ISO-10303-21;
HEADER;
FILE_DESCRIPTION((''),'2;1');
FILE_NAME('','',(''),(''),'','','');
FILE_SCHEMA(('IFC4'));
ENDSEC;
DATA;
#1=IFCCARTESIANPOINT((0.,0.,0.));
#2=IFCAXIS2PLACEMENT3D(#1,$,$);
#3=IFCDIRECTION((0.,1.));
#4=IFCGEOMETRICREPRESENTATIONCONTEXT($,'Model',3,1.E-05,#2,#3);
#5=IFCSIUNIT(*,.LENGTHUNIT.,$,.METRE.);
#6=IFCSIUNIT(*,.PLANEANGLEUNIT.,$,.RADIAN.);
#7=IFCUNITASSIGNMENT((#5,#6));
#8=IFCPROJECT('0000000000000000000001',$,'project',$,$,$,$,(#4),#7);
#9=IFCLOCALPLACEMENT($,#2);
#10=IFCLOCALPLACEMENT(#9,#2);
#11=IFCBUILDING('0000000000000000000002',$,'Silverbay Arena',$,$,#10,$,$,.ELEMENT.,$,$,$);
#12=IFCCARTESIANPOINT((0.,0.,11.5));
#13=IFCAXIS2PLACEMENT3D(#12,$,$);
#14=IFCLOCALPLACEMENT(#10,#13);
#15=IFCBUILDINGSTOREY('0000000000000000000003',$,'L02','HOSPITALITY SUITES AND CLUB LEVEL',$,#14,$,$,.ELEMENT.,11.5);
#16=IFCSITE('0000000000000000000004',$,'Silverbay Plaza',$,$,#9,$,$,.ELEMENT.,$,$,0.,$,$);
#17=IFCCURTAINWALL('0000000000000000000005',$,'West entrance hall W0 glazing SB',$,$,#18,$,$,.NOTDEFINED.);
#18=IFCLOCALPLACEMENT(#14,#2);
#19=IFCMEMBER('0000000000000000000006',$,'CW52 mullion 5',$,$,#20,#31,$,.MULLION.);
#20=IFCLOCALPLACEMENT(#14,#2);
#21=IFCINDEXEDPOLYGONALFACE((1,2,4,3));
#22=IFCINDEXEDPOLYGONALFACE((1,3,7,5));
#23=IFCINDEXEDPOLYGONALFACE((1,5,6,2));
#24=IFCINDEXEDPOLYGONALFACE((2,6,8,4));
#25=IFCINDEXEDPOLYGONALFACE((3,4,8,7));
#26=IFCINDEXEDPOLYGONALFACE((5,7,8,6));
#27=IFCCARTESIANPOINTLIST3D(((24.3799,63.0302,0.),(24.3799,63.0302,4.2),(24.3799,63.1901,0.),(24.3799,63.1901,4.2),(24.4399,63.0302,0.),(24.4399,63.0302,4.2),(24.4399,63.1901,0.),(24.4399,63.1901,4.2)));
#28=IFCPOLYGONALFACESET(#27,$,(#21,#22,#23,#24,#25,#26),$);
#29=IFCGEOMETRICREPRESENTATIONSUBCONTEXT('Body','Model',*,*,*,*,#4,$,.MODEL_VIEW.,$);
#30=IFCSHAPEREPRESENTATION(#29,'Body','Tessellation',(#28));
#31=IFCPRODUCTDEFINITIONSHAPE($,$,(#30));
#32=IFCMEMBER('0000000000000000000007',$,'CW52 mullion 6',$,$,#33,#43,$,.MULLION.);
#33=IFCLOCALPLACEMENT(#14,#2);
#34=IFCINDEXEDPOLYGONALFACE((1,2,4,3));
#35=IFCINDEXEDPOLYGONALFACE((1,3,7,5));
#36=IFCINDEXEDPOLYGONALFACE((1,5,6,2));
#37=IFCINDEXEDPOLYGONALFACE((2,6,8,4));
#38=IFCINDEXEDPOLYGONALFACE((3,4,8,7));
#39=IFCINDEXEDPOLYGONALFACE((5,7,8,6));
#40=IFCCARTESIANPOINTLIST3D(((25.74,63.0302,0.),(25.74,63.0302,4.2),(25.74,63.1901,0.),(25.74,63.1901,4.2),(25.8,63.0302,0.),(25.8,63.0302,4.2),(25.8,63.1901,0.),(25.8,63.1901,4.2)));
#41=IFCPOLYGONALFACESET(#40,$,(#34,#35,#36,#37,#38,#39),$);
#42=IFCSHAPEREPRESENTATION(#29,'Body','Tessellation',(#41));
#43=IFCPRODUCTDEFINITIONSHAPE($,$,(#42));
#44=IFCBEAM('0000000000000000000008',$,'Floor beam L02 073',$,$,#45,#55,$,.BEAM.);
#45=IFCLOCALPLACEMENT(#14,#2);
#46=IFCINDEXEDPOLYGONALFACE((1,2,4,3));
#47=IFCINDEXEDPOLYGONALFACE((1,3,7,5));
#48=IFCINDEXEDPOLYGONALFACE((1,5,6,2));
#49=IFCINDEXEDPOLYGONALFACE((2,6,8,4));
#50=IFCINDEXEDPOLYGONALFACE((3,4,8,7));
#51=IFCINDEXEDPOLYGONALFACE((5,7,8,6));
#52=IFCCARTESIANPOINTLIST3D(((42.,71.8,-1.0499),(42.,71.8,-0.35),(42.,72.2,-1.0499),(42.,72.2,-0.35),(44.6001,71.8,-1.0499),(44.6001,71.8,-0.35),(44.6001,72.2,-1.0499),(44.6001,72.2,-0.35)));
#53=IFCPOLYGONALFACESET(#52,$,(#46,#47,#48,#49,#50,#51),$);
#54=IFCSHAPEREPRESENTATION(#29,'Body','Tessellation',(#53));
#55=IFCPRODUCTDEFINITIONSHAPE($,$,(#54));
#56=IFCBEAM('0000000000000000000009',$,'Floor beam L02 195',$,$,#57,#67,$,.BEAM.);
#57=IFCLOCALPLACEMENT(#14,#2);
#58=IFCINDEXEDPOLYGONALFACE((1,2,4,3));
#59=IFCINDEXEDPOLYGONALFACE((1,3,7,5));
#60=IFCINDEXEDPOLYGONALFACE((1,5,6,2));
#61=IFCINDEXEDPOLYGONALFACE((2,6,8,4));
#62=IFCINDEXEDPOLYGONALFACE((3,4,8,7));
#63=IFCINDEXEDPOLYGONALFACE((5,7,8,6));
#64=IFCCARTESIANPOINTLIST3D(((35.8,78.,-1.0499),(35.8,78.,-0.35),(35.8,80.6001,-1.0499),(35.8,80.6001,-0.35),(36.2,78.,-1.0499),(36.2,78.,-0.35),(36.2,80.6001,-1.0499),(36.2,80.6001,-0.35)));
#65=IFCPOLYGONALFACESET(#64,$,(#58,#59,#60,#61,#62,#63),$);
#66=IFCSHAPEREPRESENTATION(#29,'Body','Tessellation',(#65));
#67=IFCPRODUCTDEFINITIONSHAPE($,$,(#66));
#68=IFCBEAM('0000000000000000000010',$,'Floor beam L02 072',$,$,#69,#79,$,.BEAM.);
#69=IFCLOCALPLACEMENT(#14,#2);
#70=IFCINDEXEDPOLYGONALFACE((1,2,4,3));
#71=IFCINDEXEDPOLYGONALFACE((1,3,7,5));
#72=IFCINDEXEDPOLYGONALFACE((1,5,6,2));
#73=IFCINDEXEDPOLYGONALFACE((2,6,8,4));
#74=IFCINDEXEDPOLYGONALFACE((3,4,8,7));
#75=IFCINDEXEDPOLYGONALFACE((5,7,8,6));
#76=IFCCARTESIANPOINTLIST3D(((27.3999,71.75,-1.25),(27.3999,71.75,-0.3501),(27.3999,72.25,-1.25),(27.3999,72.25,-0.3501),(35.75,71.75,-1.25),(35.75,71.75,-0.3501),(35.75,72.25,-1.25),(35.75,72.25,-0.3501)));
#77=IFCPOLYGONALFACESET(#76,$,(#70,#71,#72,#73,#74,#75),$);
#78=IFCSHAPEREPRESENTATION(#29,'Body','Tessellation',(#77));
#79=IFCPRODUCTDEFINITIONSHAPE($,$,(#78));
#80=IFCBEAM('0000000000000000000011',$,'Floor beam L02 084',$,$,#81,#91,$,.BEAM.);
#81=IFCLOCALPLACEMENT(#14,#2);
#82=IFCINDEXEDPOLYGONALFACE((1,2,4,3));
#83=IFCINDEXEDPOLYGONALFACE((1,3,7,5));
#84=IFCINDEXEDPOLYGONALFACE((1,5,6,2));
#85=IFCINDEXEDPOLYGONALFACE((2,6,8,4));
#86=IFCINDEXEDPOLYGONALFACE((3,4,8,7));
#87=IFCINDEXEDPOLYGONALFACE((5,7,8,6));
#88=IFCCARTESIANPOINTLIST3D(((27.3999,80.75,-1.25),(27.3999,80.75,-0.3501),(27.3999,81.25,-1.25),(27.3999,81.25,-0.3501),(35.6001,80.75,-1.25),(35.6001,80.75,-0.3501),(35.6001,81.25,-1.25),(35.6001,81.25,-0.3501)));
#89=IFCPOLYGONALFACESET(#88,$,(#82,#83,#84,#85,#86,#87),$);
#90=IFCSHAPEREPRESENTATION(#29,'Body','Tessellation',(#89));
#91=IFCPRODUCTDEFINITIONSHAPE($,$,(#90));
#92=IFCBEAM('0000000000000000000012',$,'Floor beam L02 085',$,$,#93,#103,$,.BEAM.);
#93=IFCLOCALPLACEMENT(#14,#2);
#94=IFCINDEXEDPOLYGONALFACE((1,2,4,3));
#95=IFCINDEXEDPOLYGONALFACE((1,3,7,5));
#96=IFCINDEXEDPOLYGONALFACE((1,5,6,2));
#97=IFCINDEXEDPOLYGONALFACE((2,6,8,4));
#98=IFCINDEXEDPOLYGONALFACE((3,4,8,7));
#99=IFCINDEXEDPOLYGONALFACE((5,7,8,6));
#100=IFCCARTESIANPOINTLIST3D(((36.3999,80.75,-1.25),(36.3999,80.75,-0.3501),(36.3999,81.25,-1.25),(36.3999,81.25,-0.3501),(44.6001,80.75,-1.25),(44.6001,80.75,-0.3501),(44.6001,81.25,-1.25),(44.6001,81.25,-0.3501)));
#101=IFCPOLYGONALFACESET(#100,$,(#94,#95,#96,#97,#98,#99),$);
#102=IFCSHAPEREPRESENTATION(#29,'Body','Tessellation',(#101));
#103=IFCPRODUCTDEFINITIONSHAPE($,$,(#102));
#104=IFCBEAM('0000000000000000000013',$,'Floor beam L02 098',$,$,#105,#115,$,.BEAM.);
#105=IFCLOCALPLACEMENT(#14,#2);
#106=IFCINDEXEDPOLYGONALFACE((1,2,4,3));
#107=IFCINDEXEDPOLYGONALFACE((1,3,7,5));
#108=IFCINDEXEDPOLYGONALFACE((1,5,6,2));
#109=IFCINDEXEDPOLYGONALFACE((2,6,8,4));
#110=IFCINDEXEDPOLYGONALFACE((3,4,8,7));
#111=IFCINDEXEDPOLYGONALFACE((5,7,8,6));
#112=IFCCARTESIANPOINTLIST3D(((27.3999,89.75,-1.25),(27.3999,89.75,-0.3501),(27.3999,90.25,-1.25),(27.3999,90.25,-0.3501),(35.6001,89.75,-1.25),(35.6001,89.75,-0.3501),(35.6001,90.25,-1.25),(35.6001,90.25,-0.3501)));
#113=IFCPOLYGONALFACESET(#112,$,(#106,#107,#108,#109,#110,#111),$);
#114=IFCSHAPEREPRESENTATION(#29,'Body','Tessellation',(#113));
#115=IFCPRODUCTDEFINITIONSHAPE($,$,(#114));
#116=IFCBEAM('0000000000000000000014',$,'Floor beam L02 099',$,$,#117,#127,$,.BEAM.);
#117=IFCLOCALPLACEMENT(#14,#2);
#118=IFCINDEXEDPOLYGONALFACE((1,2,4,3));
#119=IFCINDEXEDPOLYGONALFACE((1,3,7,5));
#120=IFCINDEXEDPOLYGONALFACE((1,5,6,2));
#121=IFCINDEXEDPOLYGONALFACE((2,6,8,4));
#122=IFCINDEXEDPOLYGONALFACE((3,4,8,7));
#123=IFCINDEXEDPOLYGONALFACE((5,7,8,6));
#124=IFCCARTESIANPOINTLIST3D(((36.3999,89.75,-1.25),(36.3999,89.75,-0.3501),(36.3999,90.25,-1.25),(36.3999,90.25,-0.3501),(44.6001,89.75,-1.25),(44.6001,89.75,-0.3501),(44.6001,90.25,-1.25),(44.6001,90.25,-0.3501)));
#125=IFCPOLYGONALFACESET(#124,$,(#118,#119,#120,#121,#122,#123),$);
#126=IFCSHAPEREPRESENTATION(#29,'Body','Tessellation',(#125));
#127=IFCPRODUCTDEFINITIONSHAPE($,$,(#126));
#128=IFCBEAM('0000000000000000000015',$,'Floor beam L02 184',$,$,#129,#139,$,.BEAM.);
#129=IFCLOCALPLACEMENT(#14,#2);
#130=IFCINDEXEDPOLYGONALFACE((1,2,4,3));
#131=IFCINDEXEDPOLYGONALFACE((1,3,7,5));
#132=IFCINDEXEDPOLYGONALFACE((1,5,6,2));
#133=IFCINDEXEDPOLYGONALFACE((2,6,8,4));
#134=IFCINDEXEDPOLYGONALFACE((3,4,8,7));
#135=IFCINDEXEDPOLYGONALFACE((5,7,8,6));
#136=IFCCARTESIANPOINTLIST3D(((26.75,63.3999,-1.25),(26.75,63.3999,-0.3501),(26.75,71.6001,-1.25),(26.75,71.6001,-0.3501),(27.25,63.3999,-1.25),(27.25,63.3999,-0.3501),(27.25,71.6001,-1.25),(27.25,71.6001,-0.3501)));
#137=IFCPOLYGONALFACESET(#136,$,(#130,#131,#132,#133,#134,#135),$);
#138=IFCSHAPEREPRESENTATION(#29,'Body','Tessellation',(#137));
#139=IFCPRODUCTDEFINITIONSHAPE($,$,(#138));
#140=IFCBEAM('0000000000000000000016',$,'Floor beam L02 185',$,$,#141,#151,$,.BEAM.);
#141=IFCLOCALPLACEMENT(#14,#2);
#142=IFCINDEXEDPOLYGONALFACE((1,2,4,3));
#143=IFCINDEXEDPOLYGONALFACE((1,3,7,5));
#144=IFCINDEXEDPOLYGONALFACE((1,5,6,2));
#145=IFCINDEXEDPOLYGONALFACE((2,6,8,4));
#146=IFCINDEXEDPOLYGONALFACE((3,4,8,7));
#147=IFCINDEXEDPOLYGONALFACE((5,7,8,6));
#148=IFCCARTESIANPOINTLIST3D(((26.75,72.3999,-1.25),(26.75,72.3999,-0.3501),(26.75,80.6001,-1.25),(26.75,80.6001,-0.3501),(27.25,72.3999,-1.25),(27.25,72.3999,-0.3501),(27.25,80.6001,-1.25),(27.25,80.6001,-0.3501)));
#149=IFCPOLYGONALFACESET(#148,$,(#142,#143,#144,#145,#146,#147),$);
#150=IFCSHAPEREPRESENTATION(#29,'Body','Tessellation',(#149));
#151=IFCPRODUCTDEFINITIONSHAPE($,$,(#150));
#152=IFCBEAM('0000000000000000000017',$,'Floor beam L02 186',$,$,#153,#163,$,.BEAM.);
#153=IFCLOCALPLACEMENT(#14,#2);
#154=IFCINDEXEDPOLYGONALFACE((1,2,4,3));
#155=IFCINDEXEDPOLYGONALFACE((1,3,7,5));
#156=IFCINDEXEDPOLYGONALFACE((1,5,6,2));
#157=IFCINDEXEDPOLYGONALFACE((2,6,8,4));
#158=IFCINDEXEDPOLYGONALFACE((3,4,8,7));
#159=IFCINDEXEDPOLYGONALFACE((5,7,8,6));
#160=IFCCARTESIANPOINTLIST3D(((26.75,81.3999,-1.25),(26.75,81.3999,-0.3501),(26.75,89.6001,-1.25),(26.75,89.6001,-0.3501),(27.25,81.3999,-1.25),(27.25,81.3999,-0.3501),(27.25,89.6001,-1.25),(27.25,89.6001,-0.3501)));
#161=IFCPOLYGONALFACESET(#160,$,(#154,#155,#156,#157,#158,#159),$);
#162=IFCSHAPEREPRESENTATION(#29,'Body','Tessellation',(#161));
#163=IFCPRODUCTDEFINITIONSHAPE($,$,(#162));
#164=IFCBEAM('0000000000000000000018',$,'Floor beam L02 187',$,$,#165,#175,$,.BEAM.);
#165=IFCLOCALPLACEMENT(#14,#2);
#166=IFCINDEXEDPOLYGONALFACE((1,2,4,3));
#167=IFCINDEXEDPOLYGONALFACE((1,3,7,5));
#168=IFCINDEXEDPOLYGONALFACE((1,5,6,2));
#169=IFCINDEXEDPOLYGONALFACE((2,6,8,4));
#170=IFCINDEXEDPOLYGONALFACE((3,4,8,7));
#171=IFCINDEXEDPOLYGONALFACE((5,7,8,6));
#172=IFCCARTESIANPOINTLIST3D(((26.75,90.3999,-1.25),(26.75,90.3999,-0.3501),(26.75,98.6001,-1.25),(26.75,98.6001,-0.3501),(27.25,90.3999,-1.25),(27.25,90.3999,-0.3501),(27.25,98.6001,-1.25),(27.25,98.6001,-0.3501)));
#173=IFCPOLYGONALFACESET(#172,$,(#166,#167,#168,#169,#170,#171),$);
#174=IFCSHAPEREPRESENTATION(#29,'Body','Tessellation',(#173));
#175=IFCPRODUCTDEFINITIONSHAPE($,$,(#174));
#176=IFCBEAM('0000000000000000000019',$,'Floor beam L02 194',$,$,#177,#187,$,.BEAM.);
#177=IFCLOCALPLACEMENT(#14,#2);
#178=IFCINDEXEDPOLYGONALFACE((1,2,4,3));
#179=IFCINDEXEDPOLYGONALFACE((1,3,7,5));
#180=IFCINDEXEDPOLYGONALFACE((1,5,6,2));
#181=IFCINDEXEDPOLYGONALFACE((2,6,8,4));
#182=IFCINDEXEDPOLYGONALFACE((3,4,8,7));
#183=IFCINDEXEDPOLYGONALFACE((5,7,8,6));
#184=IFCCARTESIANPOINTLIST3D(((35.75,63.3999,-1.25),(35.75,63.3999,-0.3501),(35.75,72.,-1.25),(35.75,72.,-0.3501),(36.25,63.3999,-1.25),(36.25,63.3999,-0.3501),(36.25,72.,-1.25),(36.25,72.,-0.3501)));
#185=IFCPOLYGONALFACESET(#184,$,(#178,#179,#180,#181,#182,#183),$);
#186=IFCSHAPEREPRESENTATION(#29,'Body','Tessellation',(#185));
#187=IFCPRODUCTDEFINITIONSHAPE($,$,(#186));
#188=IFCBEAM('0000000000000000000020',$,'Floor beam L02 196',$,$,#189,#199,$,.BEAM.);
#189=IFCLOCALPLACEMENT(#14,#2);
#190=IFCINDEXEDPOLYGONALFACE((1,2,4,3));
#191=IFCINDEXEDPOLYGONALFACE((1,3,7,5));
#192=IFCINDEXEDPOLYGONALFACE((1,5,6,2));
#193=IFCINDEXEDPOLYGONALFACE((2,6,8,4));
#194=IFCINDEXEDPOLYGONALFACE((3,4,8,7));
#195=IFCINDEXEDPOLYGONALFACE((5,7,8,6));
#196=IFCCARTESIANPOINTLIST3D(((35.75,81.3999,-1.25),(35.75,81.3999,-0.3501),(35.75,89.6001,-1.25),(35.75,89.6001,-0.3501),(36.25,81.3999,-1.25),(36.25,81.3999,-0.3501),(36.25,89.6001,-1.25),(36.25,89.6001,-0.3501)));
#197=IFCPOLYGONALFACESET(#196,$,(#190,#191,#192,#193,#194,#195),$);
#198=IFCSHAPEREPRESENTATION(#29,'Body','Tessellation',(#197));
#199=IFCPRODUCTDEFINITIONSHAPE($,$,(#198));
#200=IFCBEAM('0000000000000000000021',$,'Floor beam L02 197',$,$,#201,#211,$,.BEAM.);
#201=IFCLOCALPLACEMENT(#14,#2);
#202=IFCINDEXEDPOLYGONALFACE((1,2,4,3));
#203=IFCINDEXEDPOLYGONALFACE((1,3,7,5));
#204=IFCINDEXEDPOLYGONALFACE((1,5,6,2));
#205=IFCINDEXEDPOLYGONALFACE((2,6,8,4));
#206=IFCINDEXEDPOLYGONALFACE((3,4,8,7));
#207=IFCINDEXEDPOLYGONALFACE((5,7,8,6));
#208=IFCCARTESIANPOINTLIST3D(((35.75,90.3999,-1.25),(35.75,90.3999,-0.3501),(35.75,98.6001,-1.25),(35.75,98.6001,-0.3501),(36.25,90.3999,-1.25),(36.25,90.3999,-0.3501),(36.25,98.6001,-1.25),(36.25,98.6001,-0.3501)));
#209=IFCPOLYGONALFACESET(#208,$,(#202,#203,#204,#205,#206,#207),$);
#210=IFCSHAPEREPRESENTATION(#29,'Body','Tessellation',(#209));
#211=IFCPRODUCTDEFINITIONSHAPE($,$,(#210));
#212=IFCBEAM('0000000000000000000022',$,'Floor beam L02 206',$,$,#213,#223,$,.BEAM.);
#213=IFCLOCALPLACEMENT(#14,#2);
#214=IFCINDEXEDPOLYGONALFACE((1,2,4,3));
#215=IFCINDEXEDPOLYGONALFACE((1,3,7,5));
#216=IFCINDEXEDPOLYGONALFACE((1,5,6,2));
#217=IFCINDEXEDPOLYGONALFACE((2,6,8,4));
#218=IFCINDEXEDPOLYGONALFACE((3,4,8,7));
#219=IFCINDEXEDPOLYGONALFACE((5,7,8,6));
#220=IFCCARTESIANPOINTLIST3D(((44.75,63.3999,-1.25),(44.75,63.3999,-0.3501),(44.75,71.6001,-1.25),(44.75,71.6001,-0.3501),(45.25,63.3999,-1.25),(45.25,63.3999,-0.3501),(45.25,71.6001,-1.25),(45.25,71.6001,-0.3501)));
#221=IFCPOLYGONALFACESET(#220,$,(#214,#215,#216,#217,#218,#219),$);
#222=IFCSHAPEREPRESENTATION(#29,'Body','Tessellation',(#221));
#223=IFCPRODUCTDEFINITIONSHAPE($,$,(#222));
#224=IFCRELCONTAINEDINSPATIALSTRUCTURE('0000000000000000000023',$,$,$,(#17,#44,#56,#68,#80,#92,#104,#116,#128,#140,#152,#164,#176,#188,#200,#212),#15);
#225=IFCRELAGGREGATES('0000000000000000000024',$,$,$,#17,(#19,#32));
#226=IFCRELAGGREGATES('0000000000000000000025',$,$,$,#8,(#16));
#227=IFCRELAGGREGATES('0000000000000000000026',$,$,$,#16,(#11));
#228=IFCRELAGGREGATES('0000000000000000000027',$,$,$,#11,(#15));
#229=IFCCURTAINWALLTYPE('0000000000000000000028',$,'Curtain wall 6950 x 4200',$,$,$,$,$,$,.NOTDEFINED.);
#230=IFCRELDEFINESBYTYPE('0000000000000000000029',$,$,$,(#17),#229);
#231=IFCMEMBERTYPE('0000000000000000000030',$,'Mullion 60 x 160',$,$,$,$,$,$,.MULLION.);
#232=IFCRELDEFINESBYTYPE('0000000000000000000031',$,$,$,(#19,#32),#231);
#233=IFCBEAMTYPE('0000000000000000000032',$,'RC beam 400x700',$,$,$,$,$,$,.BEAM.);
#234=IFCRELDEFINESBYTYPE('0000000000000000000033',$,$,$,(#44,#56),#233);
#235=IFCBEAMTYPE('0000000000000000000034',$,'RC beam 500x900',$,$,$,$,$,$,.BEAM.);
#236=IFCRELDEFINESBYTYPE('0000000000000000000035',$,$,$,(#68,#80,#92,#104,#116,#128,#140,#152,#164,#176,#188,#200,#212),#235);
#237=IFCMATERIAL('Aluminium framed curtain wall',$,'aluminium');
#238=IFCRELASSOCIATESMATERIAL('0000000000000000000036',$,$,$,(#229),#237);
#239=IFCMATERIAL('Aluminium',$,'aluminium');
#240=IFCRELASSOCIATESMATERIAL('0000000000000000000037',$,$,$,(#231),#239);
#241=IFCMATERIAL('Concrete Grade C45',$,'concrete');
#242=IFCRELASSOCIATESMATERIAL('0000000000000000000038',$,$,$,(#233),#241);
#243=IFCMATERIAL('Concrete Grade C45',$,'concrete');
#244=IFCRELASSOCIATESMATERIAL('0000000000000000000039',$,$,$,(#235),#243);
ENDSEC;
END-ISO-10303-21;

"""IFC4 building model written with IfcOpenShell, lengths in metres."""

from ifc_helpers import new_model, si_unit, direction, frame, origin, origin_2d, place, context, subcontext, project, spatial, rectangle, extrude, material, material_profile, profile_set, type_object, element, aggregate, save


model = new_model("IFC4")

# Units and contexts
model_context = context("Model", 3, precision=1e-05, world=origin(), true_north=direction((0.0, 1.0)))
body_context = subcontext(model_context, "Body", "Model", "MODEL_VIEW")
ifc_project = project(units=[si_unit("LENGTHUNIT", "METRE"), si_unit("PLANEANGLEUNIT", "RADIAN")], contexts=[model_context])

# Site, building, storey
site_placement = place(None, origin())
site = spatial("IfcSite", under=ifc_project, at=site_placement, Name="Silverbay Plaza", CompositionType="ELEMENT", RefElevation=0.0)
building_placement = place(site_placement, origin())
building = spatial("IfcBuilding", under=site, at=building_placement, Name="Silverbay Arena", CompositionType="ELEMENT")
storey_placement = place(building_placement, frame((0.0, 0.0, 11.5)))
storey = spatial("IfcBuildingStorey", under=building, at=storey_placement, Name="L02", Description="HOSPITALITY SUITES AND CLUB LEVEL", CompositionType="ELEMENT", Elevation=11.5)

# Curtain wall, members
ifc_material_1 = material(Name="Aluminium framed curtain wall", Category="aluminium")
curtain_wall_type = type_object("IfcCurtainWallType", Name="Curtain wall 6950 x 4200", PredefinedType="NOTDEFINED", material=ifc_material_1)
curtain_wall_placement = place(storey_placement, origin())
curtain_wall = element("IfcCurtainWall", 1, at=curtain_wall_placement, inside=storey, type_object=curtain_wall_type, Name="West entrance hall W0 glazing SB", PredefinedType="NOTDEFINED")
ifc_material_2 = material(Name="Aluminium", Category="aluminium")
ifc_material_profile_1 = material_profile(ifc_material_2, rectangle(XDim=0.1599, YDim=0.0601, at=origin_2d()), Name="Mullion 60 x 160")
ifc_profile_set_1 = profile_set([ifc_material_profile_1], Name="Aluminium")
member_type_1 = type_object("IfcMemberType", Name="Mullion 60 x 160", PredefinedType="MULLION", material=ifc_profile_set_1)
member_1_placement = place(storey_placement, frame((24.4099, 63.1101, 0.0), z_axis=(0.0, 0.0, 1.0), x_axis=(0.0, 1.0, 0.0)))
member_1 = element("IfcMember", 2, at=member_1_placement, type_object=member_type_1, Name="CW52 mullion 5", PredefinedType="MULLION", context=body_context, shape_type="SweptSolid", body=[
    extrude(rectangle(XDim=0.1599, YDim=0.0601, at=origin_2d()), origin(), (0.0, 0.0, 1.0), 4.2),
])
member_2_placement = place(storey_placement, frame((25.77, 63.1101, 0.0), z_axis=(0.0, 0.0, 1.0), x_axis=(0.0, 1.0, 0.0)))
member_2 = element("IfcMember", 3, at=member_2_placement, type_object=member_type_1, Name="CW52 mullion 6", PredefinedType="MULLION", context=body_context, shape_type="SweptSolid", body=[
    extrude(rectangle(XDim=0.1599, YDim=0.0601, at=origin_2d()), origin(), (0.0, 0.0, 1.0), 4.2),
])

# Beams
ifc_material_3 = material(Name="Concrete Grade C45", Category="concrete")
ifc_material_profile_2 = material_profile(ifc_material_3, rectangle(XDim=0.3999, YDim=0.7, at=origin_2d()), Name="RC 400x700")
ifc_profile_set_2 = profile_set([ifc_material_profile_2], Name="Concrete Grade C45")
beam_type_1 = type_object("IfcBeamType", Name="RC beam 400x700", PredefinedType="BEAM", material=ifc_profile_set_2)
for number, where, z_axis, x_axis, name in (
    (4, (42.0, 72.0, -0.7), (1.0, 0.0, 0.0), (0.0, 1.0, 0.0), "Floor beam L02 073"),
    (5, (36.0, 78.0, -0.7), (0.0, 1.0, 0.0), (-1.0, 0.0, 0.0), "Floor beam L02 195"),
):
    element("IfcBeam", number, at=place(storey_placement, frame(where, z_axis=z_axis, x_axis=x_axis)), inside=storey, type_object=beam_type_1, Name=name, PredefinedType="BEAM", context=body_context, shape_type="SweptSolid", body=[
        extrude(rectangle(XDim=0.3999, YDim=0.7, at=origin_2d()), origin(), (0.0, 0.0, 1.0), 2.6001),
    ])
ifc_material_4 = material(Name="Concrete Grade C45", Category="concrete")
ifc_material_profile_3 = material_profile(ifc_material_4, rectangle(XDim=0.5, YDim=0.8999, at=origin_2d()), Name="RC 500x900")
ifc_profile_set_3 = profile_set([ifc_material_profile_3], Name="Concrete Grade C45")
beam_type_2 = type_object("IfcBeamType", Name="RC beam 500x900", PredefinedType="BEAM", material=ifc_profile_set_3)
beam_1_placement = place(storey_placement, frame((27.3999, 72.0, -0.8), z_axis=(1.0, 0.0, 0.0), x_axis=(0.0, 1.0, 0.0)))
element("IfcBeam", 6, at=beam_1_placement, inside=storey, type_object=beam_type_2, Name="Floor beam L02 072", PredefinedType="BEAM", context=body_context, shape_type="SweptSolid", body=[
    extrude(rectangle(XDim=0.5, YDim=0.8999, at=origin_2d()), origin(), (0.0, 0.0, 1.0), 8.3501),
])
for number, where, z_axis, x_axis, name in (
    (7, (27.3999, 81.0, -0.8), (1.0, 0.0, 0.0), (0.0, 1.0, 0.0), "Floor beam L02 084"),
    (8, (36.3999, 81.0, -0.8), (1.0, 0.0, 0.0), (0.0, 1.0, 0.0), "Floor beam L02 085"),
    (9, (27.3999, 90.0, -0.8), (1.0, 0.0, 0.0), (0.0, 1.0, 0.0), "Floor beam L02 098"),
    (10, (36.3999, 90.0, -0.8), (1.0, 0.0, 0.0), (0.0, 1.0, 0.0), "Floor beam L02 099"),
    (11, (27.0, 63.3999, -0.8), (0.0, 1.0, 0.0), (-1.0, 0.0, 0.0), "Floor beam L02 184"),
    (12, (27.0, 72.3999, -0.8), (0.0, 1.0, 0.0), (-1.0, 0.0, 0.0), "Floor beam L02 185"),
    (13, (27.0, 81.3999, -0.8), (0.0, 1.0, 0.0), (-1.0, 0.0, 0.0), "Floor beam L02 186"),
    (14, (27.0, 90.3999, -0.8), (0.0, 1.0, 0.0), (-1.0, 0.0, 0.0), "Floor beam L02 187"),
):
    element("IfcBeam", number, at=place(storey_placement, frame(where, z_axis=z_axis, x_axis=x_axis)), inside=storey, type_object=beam_type_2, Name=name, PredefinedType="BEAM", context=body_context, shape_type="SweptSolid", body=[
        extrude(rectangle(XDim=0.5, YDim=0.8999, at=origin_2d()), origin(), (0.0, 0.0, 1.0), 8.2002),
    ])
beam_2_placement = place(storey_placement, frame((36.0, 63.3999, -0.8), z_axis=(0.0, 1.0, 0.0), x_axis=(-1.0, 0.0, 0.0)))
element("IfcBeam", 15, at=beam_2_placement, inside=storey, type_object=beam_type_2, Name="Floor beam L02 194", PredefinedType="BEAM", context=body_context, shape_type="SweptSolid", body=[
    extrude(rectangle(XDim=0.5, YDim=0.8999, at=origin_2d()), origin(), (0.0, 0.0, 1.0), 8.6001),
])
for number, where, z_axis, x_axis, name in (
    (16, (36.0, 81.3999, -0.8), (0.0, 1.0, 0.0), (-1.0, 0.0, 0.0), "Floor beam L02 196"),
    (17, (36.0, 90.3999, -0.8), (0.0, 1.0, 0.0), (-1.0, 0.0, 0.0), "Floor beam L02 197"),
    (18, (45.0, 63.3999, -0.8), (0.0, 1.0, 0.0), (-1.0, 0.0, 0.0), "Floor beam L02 206"),
):
    element("IfcBeam", number, at=place(storey_placement, frame(where, z_axis=z_axis, x_axis=x_axis)), inside=storey, type_object=beam_type_2, Name=name, PredefinedType="BEAM", context=body_context, shape_type="SweptSolid", body=[
        extrude(rectangle(XDim=0.5, YDim=0.8999, at=origin_2d()), origin(), (0.0, 0.0, 1.0), 8.2002),
    ])

aggregate(curtain_wall, [member_1, member_2])

save(model, "model.ifc")
